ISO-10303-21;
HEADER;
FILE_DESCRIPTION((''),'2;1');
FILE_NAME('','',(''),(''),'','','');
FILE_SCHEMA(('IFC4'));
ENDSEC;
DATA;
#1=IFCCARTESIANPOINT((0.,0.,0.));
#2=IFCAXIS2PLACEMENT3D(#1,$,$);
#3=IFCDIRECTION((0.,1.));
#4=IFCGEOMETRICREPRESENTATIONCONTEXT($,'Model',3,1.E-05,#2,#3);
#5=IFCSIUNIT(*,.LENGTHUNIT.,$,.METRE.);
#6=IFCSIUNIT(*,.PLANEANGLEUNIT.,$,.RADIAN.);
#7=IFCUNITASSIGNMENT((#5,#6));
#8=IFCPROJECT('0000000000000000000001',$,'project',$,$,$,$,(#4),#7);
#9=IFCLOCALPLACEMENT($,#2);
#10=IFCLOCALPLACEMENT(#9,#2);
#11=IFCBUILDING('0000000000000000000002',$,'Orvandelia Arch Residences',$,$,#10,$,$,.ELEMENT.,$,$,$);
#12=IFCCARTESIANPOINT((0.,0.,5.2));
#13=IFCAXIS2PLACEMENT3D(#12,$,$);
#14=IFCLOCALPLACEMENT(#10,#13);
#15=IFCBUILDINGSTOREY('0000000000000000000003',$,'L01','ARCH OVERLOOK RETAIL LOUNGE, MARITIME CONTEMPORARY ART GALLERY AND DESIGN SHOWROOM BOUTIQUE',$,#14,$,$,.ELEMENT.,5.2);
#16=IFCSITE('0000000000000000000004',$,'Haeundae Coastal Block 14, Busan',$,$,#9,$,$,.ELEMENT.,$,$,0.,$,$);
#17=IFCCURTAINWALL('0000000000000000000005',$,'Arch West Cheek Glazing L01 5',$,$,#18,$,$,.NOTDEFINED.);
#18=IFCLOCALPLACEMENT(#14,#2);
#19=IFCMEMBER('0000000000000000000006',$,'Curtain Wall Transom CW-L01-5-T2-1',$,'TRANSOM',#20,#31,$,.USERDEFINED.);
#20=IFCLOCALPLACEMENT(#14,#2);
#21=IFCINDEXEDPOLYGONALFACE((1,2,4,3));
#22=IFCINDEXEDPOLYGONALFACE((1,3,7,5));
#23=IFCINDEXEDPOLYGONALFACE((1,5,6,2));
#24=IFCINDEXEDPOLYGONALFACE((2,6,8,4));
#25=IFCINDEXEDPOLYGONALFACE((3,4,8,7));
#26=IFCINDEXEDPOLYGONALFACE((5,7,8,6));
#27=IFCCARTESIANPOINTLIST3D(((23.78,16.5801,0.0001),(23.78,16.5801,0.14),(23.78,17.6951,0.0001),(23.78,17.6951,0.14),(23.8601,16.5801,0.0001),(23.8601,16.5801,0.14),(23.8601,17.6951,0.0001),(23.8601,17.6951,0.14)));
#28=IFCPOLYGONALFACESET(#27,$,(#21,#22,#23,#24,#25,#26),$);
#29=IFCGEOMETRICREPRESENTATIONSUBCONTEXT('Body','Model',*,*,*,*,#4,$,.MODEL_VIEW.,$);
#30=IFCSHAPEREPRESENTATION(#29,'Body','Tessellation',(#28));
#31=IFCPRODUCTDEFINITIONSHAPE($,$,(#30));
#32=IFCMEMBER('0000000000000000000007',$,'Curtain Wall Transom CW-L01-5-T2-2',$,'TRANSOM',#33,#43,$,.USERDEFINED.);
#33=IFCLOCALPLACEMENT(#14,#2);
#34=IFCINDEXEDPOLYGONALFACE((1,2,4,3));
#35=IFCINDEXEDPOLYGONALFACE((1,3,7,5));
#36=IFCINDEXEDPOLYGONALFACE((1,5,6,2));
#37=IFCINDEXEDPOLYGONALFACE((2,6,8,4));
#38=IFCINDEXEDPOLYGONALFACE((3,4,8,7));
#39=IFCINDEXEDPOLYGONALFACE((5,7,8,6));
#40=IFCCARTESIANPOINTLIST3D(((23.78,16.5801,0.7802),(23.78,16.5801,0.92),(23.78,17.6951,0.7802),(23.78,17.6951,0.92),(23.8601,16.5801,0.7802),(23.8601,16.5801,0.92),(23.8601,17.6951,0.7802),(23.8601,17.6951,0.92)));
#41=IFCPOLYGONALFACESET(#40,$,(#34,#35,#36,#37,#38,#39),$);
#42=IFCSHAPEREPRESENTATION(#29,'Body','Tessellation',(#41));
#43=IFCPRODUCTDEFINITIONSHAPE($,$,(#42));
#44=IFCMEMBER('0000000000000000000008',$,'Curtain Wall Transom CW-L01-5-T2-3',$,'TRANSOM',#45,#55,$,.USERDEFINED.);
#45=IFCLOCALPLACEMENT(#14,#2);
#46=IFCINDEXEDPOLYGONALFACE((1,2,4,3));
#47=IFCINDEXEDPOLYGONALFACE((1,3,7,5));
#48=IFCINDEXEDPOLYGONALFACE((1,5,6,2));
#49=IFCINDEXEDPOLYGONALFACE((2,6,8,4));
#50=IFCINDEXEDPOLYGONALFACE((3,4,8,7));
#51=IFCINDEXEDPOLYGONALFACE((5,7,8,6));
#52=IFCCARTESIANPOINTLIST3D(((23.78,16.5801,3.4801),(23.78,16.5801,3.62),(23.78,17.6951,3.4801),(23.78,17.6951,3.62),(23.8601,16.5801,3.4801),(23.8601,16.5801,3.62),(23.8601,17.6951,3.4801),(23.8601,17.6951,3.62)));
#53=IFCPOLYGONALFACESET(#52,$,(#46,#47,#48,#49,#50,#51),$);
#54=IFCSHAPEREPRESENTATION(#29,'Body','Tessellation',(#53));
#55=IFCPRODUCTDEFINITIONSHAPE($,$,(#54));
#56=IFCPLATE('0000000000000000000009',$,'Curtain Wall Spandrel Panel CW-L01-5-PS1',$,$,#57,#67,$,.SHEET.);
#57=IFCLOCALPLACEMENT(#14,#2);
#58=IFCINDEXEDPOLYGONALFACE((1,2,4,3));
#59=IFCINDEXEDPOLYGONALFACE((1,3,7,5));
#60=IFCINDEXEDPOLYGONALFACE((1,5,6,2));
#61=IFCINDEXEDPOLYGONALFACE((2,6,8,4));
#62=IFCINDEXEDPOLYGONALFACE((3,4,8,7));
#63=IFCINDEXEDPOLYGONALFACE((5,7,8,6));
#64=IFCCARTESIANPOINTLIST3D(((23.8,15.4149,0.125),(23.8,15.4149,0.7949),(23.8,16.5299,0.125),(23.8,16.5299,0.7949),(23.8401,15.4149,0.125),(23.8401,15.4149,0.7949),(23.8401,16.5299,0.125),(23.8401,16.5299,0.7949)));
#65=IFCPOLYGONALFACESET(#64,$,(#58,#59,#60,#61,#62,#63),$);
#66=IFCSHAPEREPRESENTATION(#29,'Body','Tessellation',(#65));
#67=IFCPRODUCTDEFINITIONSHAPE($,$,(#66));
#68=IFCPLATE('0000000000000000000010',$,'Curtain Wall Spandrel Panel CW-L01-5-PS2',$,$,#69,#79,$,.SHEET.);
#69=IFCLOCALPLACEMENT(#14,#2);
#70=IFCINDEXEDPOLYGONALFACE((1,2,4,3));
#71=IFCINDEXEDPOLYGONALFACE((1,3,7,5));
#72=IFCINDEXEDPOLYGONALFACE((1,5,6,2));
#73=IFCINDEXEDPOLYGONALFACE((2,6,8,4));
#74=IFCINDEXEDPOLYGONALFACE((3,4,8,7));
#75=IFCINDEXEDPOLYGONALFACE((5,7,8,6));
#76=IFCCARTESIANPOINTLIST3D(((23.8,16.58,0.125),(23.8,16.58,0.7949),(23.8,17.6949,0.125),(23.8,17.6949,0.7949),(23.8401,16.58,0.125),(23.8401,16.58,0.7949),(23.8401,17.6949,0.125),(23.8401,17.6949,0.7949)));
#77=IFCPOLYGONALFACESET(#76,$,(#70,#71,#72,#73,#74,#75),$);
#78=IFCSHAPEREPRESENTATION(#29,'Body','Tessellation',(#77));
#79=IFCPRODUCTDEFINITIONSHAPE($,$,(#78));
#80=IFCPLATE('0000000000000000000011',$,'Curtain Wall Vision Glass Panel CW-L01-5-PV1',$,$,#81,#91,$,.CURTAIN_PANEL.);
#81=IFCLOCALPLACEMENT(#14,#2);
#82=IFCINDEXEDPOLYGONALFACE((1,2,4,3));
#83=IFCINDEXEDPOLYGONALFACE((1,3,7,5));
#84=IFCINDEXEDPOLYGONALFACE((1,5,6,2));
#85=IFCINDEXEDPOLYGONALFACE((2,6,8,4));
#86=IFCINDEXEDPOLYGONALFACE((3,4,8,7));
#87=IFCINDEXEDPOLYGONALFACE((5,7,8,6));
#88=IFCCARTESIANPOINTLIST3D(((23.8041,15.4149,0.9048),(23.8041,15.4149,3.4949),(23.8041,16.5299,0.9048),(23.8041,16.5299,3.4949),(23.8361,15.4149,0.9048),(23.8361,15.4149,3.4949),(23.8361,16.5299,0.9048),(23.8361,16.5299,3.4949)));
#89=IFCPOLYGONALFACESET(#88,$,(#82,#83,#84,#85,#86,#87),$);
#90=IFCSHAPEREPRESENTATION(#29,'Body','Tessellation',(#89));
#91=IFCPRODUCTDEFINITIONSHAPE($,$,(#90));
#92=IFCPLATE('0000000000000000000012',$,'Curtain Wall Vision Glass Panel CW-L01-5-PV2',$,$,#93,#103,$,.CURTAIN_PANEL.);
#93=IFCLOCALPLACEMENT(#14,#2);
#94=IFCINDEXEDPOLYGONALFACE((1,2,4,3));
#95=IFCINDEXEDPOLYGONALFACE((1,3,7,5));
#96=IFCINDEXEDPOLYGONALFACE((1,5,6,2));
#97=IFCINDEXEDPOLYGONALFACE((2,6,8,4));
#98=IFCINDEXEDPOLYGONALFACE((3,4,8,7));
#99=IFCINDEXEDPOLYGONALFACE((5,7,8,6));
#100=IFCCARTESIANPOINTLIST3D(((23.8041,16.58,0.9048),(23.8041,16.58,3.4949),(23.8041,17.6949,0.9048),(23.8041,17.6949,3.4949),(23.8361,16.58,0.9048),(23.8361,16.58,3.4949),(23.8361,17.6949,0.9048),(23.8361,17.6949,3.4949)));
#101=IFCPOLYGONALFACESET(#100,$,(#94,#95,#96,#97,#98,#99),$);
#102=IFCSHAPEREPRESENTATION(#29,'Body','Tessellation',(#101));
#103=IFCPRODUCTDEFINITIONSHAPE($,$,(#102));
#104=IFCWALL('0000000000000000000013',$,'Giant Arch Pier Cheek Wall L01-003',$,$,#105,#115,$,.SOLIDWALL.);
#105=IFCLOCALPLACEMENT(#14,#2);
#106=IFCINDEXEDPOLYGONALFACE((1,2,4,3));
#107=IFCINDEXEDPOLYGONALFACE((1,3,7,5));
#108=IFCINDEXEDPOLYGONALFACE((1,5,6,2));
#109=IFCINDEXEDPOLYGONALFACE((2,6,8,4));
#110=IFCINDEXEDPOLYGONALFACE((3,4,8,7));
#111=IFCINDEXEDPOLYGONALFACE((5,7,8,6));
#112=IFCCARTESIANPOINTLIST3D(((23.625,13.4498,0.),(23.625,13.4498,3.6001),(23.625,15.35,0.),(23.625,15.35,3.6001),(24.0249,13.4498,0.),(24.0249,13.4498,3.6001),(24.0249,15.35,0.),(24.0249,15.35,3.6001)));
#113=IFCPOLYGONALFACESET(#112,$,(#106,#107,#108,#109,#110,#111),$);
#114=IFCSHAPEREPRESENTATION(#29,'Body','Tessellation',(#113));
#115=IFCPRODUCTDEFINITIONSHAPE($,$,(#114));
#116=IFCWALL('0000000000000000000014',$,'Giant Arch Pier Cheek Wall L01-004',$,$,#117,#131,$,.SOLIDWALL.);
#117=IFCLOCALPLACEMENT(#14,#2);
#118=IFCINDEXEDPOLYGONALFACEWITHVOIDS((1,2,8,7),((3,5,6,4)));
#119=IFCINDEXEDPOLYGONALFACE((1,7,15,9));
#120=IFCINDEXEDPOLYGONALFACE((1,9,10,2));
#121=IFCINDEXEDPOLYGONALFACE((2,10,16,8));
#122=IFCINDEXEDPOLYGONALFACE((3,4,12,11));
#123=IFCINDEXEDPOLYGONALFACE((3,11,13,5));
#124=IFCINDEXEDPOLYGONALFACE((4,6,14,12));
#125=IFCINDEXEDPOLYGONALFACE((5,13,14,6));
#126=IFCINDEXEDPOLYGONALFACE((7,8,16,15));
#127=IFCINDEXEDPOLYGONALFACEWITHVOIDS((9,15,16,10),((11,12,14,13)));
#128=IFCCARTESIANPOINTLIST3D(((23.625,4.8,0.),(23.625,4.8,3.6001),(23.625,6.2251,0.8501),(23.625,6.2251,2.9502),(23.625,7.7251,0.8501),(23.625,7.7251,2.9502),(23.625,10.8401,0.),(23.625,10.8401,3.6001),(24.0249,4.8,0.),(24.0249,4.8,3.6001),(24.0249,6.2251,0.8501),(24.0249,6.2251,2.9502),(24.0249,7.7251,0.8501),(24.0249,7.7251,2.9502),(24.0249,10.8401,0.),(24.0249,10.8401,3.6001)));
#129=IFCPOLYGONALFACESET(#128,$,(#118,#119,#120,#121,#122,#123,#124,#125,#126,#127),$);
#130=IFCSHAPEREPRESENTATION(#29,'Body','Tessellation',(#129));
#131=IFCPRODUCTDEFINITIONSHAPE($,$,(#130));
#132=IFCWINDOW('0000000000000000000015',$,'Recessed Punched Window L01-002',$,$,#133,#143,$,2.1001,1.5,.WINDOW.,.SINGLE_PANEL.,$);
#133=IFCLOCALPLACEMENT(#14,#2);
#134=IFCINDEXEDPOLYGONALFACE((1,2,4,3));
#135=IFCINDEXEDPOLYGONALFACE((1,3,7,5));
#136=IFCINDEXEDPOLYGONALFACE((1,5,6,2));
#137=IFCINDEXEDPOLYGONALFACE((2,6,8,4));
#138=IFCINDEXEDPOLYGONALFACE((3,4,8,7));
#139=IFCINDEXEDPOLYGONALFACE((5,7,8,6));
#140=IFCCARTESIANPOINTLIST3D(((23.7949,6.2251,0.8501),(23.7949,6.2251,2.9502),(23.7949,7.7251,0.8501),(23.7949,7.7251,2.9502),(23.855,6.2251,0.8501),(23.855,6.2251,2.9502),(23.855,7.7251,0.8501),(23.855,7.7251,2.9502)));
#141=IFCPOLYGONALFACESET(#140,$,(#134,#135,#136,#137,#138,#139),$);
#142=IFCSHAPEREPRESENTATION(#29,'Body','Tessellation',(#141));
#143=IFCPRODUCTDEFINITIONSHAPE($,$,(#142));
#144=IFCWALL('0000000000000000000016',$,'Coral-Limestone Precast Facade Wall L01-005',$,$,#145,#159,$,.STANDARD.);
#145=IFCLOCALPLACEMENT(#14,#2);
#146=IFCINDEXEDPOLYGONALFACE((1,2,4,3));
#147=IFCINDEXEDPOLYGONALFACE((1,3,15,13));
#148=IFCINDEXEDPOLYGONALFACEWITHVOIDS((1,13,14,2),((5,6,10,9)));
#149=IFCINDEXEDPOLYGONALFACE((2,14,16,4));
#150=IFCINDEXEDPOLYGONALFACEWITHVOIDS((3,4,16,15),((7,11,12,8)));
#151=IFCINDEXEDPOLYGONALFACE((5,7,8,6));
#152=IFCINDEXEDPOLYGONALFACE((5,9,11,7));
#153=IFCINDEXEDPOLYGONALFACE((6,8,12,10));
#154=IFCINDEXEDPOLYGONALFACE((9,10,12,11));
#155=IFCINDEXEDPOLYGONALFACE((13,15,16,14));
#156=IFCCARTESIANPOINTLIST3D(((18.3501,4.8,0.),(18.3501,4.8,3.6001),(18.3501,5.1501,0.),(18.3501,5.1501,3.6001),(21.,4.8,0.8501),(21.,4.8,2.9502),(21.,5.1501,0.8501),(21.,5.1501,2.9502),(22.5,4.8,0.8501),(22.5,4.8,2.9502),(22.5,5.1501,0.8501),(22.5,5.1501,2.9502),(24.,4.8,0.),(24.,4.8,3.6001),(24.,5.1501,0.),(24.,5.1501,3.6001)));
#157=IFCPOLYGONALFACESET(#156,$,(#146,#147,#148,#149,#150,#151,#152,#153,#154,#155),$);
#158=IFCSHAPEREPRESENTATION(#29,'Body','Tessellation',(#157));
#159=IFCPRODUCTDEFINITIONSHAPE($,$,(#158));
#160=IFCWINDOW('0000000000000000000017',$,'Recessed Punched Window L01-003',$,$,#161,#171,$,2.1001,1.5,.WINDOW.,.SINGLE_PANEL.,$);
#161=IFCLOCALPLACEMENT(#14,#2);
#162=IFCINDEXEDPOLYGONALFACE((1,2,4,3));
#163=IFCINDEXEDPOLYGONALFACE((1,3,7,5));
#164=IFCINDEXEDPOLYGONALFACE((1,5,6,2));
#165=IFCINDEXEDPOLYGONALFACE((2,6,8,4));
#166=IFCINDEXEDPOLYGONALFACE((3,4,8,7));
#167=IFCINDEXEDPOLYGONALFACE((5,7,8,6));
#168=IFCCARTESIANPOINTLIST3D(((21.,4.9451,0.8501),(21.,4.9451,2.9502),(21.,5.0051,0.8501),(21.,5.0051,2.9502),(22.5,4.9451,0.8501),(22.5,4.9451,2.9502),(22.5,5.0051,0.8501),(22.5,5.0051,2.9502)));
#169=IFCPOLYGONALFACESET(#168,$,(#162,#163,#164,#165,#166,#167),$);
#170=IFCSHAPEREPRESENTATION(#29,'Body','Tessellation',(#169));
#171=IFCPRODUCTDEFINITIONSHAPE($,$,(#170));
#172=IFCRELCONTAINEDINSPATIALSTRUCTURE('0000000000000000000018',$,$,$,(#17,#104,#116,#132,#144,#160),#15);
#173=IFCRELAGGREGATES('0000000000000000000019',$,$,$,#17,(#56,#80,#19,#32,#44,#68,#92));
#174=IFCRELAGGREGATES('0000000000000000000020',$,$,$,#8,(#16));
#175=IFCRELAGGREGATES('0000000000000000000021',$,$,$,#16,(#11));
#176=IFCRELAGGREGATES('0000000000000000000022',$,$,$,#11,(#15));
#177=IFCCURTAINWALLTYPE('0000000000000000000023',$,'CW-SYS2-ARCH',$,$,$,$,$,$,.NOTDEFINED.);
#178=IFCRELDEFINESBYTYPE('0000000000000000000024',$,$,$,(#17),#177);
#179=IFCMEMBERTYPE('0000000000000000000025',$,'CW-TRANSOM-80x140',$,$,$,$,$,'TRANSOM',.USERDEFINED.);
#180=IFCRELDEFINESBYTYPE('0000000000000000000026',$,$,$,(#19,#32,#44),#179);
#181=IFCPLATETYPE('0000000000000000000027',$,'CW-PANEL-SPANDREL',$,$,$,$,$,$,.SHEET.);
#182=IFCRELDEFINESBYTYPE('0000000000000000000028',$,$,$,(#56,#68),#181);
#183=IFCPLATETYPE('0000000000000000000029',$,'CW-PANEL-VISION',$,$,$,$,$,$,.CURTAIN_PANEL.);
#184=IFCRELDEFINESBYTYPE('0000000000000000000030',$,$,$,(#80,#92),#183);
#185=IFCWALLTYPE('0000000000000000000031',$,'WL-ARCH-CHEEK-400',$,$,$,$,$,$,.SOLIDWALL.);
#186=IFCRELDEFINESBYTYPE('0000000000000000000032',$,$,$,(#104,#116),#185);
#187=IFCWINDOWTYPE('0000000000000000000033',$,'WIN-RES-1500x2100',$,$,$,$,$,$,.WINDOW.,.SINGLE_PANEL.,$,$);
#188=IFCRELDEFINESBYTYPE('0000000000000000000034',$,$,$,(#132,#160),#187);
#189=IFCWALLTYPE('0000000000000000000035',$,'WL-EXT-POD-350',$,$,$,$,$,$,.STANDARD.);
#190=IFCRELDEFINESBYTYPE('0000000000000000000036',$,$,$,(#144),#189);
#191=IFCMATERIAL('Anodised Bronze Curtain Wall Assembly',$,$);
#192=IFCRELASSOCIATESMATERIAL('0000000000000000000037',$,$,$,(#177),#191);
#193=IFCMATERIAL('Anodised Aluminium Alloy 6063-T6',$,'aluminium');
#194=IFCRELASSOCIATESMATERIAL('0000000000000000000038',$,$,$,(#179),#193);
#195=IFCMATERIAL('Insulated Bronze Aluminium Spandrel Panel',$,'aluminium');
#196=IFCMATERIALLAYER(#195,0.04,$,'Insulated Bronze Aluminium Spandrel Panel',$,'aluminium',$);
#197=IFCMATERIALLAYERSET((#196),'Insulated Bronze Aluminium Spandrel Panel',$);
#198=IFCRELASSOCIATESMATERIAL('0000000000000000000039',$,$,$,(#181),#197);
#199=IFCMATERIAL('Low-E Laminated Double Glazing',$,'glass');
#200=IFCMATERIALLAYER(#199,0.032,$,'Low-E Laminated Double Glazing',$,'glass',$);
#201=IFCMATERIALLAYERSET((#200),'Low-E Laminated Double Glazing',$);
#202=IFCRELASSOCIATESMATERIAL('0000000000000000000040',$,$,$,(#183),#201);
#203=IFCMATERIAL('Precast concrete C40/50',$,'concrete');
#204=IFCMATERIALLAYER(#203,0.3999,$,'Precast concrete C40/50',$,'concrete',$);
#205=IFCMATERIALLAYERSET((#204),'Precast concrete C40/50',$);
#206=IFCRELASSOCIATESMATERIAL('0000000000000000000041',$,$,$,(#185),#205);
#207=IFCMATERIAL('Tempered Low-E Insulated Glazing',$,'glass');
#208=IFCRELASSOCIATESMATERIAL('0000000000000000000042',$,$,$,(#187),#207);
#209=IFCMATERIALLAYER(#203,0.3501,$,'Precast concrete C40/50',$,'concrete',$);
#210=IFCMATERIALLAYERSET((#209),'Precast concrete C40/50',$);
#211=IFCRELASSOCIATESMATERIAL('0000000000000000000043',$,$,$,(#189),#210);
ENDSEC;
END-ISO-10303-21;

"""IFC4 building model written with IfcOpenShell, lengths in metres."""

from ifc_helpers import new_model, si_unit, direction, frame, frame_2d, origin, origin_2d, place, context, subcontext, project, spatial, rectangle, extrude, material, layer, layer_set, material_profile, profile_set, type_object, element, fill, aggregate, save


model = new_model("IFC4")

# Units and contexts
model_context = context("Model", 3, precision=1e-05, world=origin(), true_north=direction((0.0, 1.0)))
body_context = subcontext(model_context, "Body", "Model", "MODEL_VIEW")
ifc_project = project(units=[si_unit("LENGTHUNIT", "METRE"), si_unit("PLANEANGLEUNIT", "RADIAN")], contexts=[model_context])

# Site, building, storey
site_placement = place(None, origin())
site = spatial("IfcSite", under=ifc_project, at=site_placement, Name="Haeundae Coastal Block 14, Busan", CompositionType="ELEMENT", RefElevation=0.0)
building_placement = place(site_placement, origin())
building = spatial("IfcBuilding", under=site, at=building_placement, Name="Orvandelia Arch Residences", CompositionType="ELEMENT")
storey_placement = place(building_placement, frame((0.0, 0.0, 5.2)))
storey = spatial("IfcBuildingStorey", under=building, at=storey_placement, Name="L01", Description="ARCH OVERLOOK RETAIL LOUNGE, MARITIME CONTEMPORARY ART GALLERY AND DESIGN SHOWROOM BOUTIQUE", CompositionType="ELEMENT", Elevation=5.2)

# Curtain wall, members, plates
ifc_material_1 = material(Name="Anodised Bronze Curtain Wall Assembly")
curtain_wall_type = type_object("IfcCurtainWallType", Name="CW-SYS2-ARCH", PredefinedType="NOTDEFINED", material=ifc_material_1)
curtain_wall_placement = place(storey_placement, origin())
curtain_wall = element("IfcCurtainWall", 1, at=curtain_wall_placement, inside=storey, type_object=curtain_wall_type, Name="Arch West Cheek Glazing L01 5", PredefinedType="NOTDEFINED")
ifc_material_2 = material(Name="Anodised Aluminium Alloy 6063-T6", Category="aluminium")
ifc_material_profile_1 = material_profile(ifc_material_2, rectangle(XDim=0.0801, YDim=0.1399, at=origin_2d()), Name="Anodised Aluminium Alloy 6063-T6", Category="aluminium")
ifc_profile_set_1 = profile_set([ifc_material_profile_1], Name="Anodised Aluminium Alloy 6063-T6")
member_type_1 = type_object("IfcMemberType", Name="CW-TRANSOM-80x140", ElementType="TRANSOM", PredefinedType="USERDEFINED", material=ifc_profile_set_1)
member_1_placement = place(storey_placement, frame((23.8201, 16.5801, 0.0701), z_axis=(0.0, 1.0, 0.0), x_axis=(-1.0, 0.0, 0.0)))
member_1 = element("IfcMember", 2, at=member_1_placement, type_object=member_type_1, Name="Curtain Wall Transom CW-L01-5-T2-1", ObjectType="TRANSOM", PredefinedType="USERDEFINED", context=body_context, shape_type="SweptSolid", body=[
    extrude(rectangle(XDim=0.0801, YDim=0.1399, at=origin_2d()), origin(), (0.0, 0.0, 1.0), 1.115),
])
member_2_placement = place(storey_placement, frame((23.8201, 16.5801, 0.8501), z_axis=(0.0, 1.0, 0.0), x_axis=(-1.0, 0.0, 0.0)))
member_2 = element("IfcMember", 3, at=member_2_placement, type_object=member_type_1, Name="Curtain Wall Transom CW-L01-5-T2-2", ObjectType="TRANSOM", PredefinedType="USERDEFINED", context=body_context, shape_type="SweptSolid", body=[
    extrude(rectangle(XDim=0.0801, YDim=0.1399, at=origin_2d()), origin(), (0.0, 0.0, 1.0), 1.115),
])
member_3_placement = place(storey_placement, frame((23.8201, 16.5801, 3.55), z_axis=(0.0, 1.0, 0.0), x_axis=(-1.0, 0.0, 0.0)))
member_3 = element("IfcMember", 4, at=member_3_placement, type_object=member_type_1, Name="Curtain Wall Transom CW-L01-5-T2-3", ObjectType="TRANSOM", PredefinedType="USERDEFINED", context=body_context, shape_type="SweptSolid", body=[
    extrude(rectangle(XDim=0.0801, YDim=0.1399, at=origin_2d()), origin(), (0.0, 0.0, 1.0), 1.115),
])
ifc_material_3 = material(Name="Insulated Bronze Aluminium Spandrel Panel", Category="aluminium")
ifc_layer_1 = layer(ifc_material_3, 0.04, Name="Insulated Bronze Aluminium Spandrel Panel", Category="aluminium")
ifc_layer_set_1 = layer_set([ifc_layer_1], Name="Insulated Bronze Aluminium Spandrel Panel")
plate_type_1 = type_object("IfcPlateType", Name="CW-PANEL-SPANDREL", PredefinedType="SHEET", material=ifc_layer_set_1)
plate_1_placement = place(storey_placement, frame((23.8201, 15.9724, 0.125), z_axis=(0.0, 0.0, 1.0), x_axis=(0.0, 1.0, 0.0)))
plate_1 = element("IfcPlate", 5, at=plate_1_placement, type_object=plate_type_1, Name="Curtain Wall Spandrel Panel CW-L01-5-PS1", PredefinedType="SHEET", context=body_context, shape_type="SweptSolid", body=[
    extrude(rectangle(XDim=1.115, YDim=0.04, at=origin_2d()), origin(), (0.0, 0.0, 1.0), 0.6699),
])
plate_2_placement = place(storey_placement, frame((23.8201, 17.1375, 0.125), z_axis=(0.0, 0.0, 1.0), x_axis=(0.0, 1.0, 0.0)))
plate_2 = element("IfcPlate", 6, at=plate_2_placement, type_object=plate_type_1, Name="Curtain Wall Spandrel Panel CW-L01-5-PS2", PredefinedType="SHEET", context=body_context, shape_type="SweptSolid", body=[
    extrude(rectangle(XDim=1.115, YDim=0.04, at=origin_2d()), origin(), (0.0, 0.0, 1.0), 0.6699),
])
ifc_material_4 = material(Name="Low-E Laminated Double Glazing", Category="glass")
ifc_layer_2 = layer(ifc_material_4, 0.032, Name="Low-E Laminated Double Glazing", Category="glass")
ifc_layer_set_2 = layer_set([ifc_layer_2], Name="Low-E Laminated Double Glazing")
plate_type_2 = type_object("IfcPlateType", Name="CW-PANEL-VISION", PredefinedType="CURTAIN_PANEL", material=ifc_layer_set_2)
plate_3_placement = place(storey_placement, frame((23.8201, 15.9724, 0.9048), z_axis=(0.0, 0.0, 1.0), x_axis=(0.0, 1.0, 0.0)))
plate_3 = element("IfcPlate", 7, at=plate_3_placement, type_object=plate_type_2, Name="Curtain Wall Vision Glass Panel CW-L01-5-PV1", PredefinedType="CURTAIN_PANEL", context=body_context, shape_type="SweptSolid", body=[
    extrude(rectangle(XDim=1.115, YDim=0.032, at=origin_2d()), origin(), (0.0, 0.0, 1.0), 2.5901),
])
plate_4_placement = place(storey_placement, frame((23.8201, 17.1375, 0.9048), z_axis=(0.0, 0.0, 1.0), x_axis=(0.0, 1.0, 0.0)))
plate_4 = element("IfcPlate", 8, at=plate_4_placement, type_object=plate_type_2, Name="Curtain Wall Vision Glass Panel CW-L01-5-PV2", PredefinedType="CURTAIN_PANEL", context=body_context, shape_type="SweptSolid", body=[
    extrude(rectangle(XDim=1.115, YDim=0.032, at=origin_2d()), origin(), (0.0, 0.0, 1.0), 2.5901),
])
aggregate(curtain_wall, [plate_1, plate_3, member_1, member_2, member_3, plate_2, plate_4])

# Wall
ifc_material_5 = material(Name="Precast concrete C40/50", Category="concrete")
ifc_layer_3 = layer(ifc_material_5, 0.3999, Name="Precast concrete C40/50", Category="concrete")
ifc_layer_set_3 = layer_set([ifc_layer_3], Name="Precast concrete C40/50")
wall_type_1 = type_object("IfcWallType", Name="WL-ARCH-CHEEK-400", PredefinedType="SOLIDWALL", material=ifc_layer_set_3)
wall_1_placement = place(storey_placement, frame((23.825, 15.3501, 0.0), z_axis=(0.0, 0.0, 1.0), x_axis=(0.0, -1.0, 0.0)))
element("IfcWall", 9, at=wall_1_placement, inside=storey, type_object=wall_type_1, Name="Giant Arch Pier Cheek Wall L01-003", PredefinedType="SOLIDWALL", context=body_context, shape_type="SweptSolid", body=[
    extrude(rectangle(XDim=1.9001, YDim=0.3999, at=frame_2d((0.9502, 0.0))), origin(), (0.0, 0.0, 1.0), 3.6001),
])

# Walls, openings, windows
wall_2_placement = place(storey_placement, frame((23.825, 10.8401, 0.0), z_axis=(0.0, 0.0, 1.0), x_axis=(0.0, -1.0, 0.0)))
wall_2 = element("IfcWall", 10, at=wall_2_placement, inside=storey, type_object=wall_type_1, Name="Giant Arch Pier Cheek Wall L01-004", PredefinedType="SOLIDWALL", context=body_context, shape_type="SweptSolid", body=[
    extrude(rectangle(XDim=6.04, YDim=0.3999, at=frame_2d((3.02, 0.0))), origin(), (0.0, 0.0, 1.0), 3.6001),
])
opening_1_placement = place(wall_2_placement, frame((3.115, 0.0, 0.8501)))
opening_1 = element("IfcOpeningElement", 11, at=opening_1_placement, cuts=wall_2, PredefinedType="OPENING", context=body_context, shape_type="SweptSolid", body=[
    extrude(rectangle(XDim=1.5, YDim=2.1001, at=frame_2d((0.75, 1.05))), frame((0.0, 0.21, 0.0), z_axis=(0.0, -1.0, 0.0), x_axis=(1.0, 0.0, 0.0)), (0.0, 0.0, 1.0), 0.4199),
])
ifc_material_6 = material(Name="Tempered Low-E Insulated Glazing", Category="glass")
window_type = type_object("IfcWindowType", Name="WIN-RES-1500x2100", PartitioningType="SINGLE_PANEL", PredefinedType="WINDOW", material=ifc_material_6)
window_1_placement = place(opening_1_placement, origin())
window_1 = element("IfcWindow", 12, at=window_1_placement, inside=storey, type_object=window_type, Name="Recessed Punched Window L01-002", OverallHeight=2.1001, OverallWidth=1.5, PartitioningType="SINGLE_PANEL", PredefinedType="WINDOW", context=body_context, shape_type="SweptSolid", body=[
    extrude(rectangle(XDim=1.5, YDim=2.1001, at=frame_2d((0.75, 1.05))), frame((0.0, 0.03, 0.0), z_axis=(0.0, -1.0, 0.0), x_axis=(1.0, 0.0, 0.0)), (0.0, 0.0, 1.0), 0.0601),
])
fill(opening_1, window_1)
ifc_layer_4 = layer(ifc_material_5, 0.3501, Name="Precast concrete C40/50", Category="concrete")
ifc_layer_set_4 = layer_set([ifc_layer_4], Name="Precast concrete C40/50")
wall_type_2 = type_object("IfcWallType", Name="WL-EXT-POD-350", PredefinedType="STANDARD", material=ifc_layer_set_4)
wall_3_placement = place(storey_placement, frame((24.0, 4.9751, 0.0), z_axis=(0.0, 0.0, 1.0), x_axis=(-1.0, 0.0, 0.0)))
wall_3 = element("IfcWall", 13, at=wall_3_placement, inside=storey, type_object=wall_type_2, Name="Coral-Limestone Precast Facade Wall L01-005", PredefinedType="STANDARD", context=body_context, shape_type="SweptSolid", body=[
    extrude(rectangle(XDim=5.6499, YDim=0.3501, at=frame_2d((2.825, 0.0))), origin(), (0.0, 0.0, 1.0), 3.6001),
])
opening_2_placement = place(wall_3_placement, frame((1.5, 0.0, 0.8501)))
opening_2 = element("IfcOpeningElement", 14, at=opening_2_placement, cuts=wall_3, PredefinedType="OPENING", context=body_context, shape_type="SweptSolid", body=[
    extrude(rectangle(XDim=1.5, YDim=2.1001, at=frame_2d((0.75, 1.05))), frame((0.0, 0.1851, 0.0), z_axis=(0.0, -1.0, 0.0), x_axis=(1.0, 0.0, 0.0)), (0.0, 0.0, 1.0), 0.3701),
])
window_2_placement = place(opening_2_placement, origin())
window_2 = element("IfcWindow", 15, at=window_2_placement, inside=storey, type_object=window_type, Name="Recessed Punched Window L01-003", OverallHeight=2.1001, OverallWidth=1.5, PartitioningType="SINGLE_PANEL", PredefinedType="WINDOW", context=body_context, shape_type="SweptSolid", body=[
    extrude(rectangle(XDim=1.5, YDim=2.1001, at=frame_2d((0.75, 1.05))), frame((0.0, 0.03, 0.0), z_axis=(0.0, -1.0, 0.0), x_axis=(1.0, 0.0, 0.0)), (0.0, 0.0, 1.0), 0.0601),
])
fill(opening_2, window_2)

save(model, "model.ifc")
